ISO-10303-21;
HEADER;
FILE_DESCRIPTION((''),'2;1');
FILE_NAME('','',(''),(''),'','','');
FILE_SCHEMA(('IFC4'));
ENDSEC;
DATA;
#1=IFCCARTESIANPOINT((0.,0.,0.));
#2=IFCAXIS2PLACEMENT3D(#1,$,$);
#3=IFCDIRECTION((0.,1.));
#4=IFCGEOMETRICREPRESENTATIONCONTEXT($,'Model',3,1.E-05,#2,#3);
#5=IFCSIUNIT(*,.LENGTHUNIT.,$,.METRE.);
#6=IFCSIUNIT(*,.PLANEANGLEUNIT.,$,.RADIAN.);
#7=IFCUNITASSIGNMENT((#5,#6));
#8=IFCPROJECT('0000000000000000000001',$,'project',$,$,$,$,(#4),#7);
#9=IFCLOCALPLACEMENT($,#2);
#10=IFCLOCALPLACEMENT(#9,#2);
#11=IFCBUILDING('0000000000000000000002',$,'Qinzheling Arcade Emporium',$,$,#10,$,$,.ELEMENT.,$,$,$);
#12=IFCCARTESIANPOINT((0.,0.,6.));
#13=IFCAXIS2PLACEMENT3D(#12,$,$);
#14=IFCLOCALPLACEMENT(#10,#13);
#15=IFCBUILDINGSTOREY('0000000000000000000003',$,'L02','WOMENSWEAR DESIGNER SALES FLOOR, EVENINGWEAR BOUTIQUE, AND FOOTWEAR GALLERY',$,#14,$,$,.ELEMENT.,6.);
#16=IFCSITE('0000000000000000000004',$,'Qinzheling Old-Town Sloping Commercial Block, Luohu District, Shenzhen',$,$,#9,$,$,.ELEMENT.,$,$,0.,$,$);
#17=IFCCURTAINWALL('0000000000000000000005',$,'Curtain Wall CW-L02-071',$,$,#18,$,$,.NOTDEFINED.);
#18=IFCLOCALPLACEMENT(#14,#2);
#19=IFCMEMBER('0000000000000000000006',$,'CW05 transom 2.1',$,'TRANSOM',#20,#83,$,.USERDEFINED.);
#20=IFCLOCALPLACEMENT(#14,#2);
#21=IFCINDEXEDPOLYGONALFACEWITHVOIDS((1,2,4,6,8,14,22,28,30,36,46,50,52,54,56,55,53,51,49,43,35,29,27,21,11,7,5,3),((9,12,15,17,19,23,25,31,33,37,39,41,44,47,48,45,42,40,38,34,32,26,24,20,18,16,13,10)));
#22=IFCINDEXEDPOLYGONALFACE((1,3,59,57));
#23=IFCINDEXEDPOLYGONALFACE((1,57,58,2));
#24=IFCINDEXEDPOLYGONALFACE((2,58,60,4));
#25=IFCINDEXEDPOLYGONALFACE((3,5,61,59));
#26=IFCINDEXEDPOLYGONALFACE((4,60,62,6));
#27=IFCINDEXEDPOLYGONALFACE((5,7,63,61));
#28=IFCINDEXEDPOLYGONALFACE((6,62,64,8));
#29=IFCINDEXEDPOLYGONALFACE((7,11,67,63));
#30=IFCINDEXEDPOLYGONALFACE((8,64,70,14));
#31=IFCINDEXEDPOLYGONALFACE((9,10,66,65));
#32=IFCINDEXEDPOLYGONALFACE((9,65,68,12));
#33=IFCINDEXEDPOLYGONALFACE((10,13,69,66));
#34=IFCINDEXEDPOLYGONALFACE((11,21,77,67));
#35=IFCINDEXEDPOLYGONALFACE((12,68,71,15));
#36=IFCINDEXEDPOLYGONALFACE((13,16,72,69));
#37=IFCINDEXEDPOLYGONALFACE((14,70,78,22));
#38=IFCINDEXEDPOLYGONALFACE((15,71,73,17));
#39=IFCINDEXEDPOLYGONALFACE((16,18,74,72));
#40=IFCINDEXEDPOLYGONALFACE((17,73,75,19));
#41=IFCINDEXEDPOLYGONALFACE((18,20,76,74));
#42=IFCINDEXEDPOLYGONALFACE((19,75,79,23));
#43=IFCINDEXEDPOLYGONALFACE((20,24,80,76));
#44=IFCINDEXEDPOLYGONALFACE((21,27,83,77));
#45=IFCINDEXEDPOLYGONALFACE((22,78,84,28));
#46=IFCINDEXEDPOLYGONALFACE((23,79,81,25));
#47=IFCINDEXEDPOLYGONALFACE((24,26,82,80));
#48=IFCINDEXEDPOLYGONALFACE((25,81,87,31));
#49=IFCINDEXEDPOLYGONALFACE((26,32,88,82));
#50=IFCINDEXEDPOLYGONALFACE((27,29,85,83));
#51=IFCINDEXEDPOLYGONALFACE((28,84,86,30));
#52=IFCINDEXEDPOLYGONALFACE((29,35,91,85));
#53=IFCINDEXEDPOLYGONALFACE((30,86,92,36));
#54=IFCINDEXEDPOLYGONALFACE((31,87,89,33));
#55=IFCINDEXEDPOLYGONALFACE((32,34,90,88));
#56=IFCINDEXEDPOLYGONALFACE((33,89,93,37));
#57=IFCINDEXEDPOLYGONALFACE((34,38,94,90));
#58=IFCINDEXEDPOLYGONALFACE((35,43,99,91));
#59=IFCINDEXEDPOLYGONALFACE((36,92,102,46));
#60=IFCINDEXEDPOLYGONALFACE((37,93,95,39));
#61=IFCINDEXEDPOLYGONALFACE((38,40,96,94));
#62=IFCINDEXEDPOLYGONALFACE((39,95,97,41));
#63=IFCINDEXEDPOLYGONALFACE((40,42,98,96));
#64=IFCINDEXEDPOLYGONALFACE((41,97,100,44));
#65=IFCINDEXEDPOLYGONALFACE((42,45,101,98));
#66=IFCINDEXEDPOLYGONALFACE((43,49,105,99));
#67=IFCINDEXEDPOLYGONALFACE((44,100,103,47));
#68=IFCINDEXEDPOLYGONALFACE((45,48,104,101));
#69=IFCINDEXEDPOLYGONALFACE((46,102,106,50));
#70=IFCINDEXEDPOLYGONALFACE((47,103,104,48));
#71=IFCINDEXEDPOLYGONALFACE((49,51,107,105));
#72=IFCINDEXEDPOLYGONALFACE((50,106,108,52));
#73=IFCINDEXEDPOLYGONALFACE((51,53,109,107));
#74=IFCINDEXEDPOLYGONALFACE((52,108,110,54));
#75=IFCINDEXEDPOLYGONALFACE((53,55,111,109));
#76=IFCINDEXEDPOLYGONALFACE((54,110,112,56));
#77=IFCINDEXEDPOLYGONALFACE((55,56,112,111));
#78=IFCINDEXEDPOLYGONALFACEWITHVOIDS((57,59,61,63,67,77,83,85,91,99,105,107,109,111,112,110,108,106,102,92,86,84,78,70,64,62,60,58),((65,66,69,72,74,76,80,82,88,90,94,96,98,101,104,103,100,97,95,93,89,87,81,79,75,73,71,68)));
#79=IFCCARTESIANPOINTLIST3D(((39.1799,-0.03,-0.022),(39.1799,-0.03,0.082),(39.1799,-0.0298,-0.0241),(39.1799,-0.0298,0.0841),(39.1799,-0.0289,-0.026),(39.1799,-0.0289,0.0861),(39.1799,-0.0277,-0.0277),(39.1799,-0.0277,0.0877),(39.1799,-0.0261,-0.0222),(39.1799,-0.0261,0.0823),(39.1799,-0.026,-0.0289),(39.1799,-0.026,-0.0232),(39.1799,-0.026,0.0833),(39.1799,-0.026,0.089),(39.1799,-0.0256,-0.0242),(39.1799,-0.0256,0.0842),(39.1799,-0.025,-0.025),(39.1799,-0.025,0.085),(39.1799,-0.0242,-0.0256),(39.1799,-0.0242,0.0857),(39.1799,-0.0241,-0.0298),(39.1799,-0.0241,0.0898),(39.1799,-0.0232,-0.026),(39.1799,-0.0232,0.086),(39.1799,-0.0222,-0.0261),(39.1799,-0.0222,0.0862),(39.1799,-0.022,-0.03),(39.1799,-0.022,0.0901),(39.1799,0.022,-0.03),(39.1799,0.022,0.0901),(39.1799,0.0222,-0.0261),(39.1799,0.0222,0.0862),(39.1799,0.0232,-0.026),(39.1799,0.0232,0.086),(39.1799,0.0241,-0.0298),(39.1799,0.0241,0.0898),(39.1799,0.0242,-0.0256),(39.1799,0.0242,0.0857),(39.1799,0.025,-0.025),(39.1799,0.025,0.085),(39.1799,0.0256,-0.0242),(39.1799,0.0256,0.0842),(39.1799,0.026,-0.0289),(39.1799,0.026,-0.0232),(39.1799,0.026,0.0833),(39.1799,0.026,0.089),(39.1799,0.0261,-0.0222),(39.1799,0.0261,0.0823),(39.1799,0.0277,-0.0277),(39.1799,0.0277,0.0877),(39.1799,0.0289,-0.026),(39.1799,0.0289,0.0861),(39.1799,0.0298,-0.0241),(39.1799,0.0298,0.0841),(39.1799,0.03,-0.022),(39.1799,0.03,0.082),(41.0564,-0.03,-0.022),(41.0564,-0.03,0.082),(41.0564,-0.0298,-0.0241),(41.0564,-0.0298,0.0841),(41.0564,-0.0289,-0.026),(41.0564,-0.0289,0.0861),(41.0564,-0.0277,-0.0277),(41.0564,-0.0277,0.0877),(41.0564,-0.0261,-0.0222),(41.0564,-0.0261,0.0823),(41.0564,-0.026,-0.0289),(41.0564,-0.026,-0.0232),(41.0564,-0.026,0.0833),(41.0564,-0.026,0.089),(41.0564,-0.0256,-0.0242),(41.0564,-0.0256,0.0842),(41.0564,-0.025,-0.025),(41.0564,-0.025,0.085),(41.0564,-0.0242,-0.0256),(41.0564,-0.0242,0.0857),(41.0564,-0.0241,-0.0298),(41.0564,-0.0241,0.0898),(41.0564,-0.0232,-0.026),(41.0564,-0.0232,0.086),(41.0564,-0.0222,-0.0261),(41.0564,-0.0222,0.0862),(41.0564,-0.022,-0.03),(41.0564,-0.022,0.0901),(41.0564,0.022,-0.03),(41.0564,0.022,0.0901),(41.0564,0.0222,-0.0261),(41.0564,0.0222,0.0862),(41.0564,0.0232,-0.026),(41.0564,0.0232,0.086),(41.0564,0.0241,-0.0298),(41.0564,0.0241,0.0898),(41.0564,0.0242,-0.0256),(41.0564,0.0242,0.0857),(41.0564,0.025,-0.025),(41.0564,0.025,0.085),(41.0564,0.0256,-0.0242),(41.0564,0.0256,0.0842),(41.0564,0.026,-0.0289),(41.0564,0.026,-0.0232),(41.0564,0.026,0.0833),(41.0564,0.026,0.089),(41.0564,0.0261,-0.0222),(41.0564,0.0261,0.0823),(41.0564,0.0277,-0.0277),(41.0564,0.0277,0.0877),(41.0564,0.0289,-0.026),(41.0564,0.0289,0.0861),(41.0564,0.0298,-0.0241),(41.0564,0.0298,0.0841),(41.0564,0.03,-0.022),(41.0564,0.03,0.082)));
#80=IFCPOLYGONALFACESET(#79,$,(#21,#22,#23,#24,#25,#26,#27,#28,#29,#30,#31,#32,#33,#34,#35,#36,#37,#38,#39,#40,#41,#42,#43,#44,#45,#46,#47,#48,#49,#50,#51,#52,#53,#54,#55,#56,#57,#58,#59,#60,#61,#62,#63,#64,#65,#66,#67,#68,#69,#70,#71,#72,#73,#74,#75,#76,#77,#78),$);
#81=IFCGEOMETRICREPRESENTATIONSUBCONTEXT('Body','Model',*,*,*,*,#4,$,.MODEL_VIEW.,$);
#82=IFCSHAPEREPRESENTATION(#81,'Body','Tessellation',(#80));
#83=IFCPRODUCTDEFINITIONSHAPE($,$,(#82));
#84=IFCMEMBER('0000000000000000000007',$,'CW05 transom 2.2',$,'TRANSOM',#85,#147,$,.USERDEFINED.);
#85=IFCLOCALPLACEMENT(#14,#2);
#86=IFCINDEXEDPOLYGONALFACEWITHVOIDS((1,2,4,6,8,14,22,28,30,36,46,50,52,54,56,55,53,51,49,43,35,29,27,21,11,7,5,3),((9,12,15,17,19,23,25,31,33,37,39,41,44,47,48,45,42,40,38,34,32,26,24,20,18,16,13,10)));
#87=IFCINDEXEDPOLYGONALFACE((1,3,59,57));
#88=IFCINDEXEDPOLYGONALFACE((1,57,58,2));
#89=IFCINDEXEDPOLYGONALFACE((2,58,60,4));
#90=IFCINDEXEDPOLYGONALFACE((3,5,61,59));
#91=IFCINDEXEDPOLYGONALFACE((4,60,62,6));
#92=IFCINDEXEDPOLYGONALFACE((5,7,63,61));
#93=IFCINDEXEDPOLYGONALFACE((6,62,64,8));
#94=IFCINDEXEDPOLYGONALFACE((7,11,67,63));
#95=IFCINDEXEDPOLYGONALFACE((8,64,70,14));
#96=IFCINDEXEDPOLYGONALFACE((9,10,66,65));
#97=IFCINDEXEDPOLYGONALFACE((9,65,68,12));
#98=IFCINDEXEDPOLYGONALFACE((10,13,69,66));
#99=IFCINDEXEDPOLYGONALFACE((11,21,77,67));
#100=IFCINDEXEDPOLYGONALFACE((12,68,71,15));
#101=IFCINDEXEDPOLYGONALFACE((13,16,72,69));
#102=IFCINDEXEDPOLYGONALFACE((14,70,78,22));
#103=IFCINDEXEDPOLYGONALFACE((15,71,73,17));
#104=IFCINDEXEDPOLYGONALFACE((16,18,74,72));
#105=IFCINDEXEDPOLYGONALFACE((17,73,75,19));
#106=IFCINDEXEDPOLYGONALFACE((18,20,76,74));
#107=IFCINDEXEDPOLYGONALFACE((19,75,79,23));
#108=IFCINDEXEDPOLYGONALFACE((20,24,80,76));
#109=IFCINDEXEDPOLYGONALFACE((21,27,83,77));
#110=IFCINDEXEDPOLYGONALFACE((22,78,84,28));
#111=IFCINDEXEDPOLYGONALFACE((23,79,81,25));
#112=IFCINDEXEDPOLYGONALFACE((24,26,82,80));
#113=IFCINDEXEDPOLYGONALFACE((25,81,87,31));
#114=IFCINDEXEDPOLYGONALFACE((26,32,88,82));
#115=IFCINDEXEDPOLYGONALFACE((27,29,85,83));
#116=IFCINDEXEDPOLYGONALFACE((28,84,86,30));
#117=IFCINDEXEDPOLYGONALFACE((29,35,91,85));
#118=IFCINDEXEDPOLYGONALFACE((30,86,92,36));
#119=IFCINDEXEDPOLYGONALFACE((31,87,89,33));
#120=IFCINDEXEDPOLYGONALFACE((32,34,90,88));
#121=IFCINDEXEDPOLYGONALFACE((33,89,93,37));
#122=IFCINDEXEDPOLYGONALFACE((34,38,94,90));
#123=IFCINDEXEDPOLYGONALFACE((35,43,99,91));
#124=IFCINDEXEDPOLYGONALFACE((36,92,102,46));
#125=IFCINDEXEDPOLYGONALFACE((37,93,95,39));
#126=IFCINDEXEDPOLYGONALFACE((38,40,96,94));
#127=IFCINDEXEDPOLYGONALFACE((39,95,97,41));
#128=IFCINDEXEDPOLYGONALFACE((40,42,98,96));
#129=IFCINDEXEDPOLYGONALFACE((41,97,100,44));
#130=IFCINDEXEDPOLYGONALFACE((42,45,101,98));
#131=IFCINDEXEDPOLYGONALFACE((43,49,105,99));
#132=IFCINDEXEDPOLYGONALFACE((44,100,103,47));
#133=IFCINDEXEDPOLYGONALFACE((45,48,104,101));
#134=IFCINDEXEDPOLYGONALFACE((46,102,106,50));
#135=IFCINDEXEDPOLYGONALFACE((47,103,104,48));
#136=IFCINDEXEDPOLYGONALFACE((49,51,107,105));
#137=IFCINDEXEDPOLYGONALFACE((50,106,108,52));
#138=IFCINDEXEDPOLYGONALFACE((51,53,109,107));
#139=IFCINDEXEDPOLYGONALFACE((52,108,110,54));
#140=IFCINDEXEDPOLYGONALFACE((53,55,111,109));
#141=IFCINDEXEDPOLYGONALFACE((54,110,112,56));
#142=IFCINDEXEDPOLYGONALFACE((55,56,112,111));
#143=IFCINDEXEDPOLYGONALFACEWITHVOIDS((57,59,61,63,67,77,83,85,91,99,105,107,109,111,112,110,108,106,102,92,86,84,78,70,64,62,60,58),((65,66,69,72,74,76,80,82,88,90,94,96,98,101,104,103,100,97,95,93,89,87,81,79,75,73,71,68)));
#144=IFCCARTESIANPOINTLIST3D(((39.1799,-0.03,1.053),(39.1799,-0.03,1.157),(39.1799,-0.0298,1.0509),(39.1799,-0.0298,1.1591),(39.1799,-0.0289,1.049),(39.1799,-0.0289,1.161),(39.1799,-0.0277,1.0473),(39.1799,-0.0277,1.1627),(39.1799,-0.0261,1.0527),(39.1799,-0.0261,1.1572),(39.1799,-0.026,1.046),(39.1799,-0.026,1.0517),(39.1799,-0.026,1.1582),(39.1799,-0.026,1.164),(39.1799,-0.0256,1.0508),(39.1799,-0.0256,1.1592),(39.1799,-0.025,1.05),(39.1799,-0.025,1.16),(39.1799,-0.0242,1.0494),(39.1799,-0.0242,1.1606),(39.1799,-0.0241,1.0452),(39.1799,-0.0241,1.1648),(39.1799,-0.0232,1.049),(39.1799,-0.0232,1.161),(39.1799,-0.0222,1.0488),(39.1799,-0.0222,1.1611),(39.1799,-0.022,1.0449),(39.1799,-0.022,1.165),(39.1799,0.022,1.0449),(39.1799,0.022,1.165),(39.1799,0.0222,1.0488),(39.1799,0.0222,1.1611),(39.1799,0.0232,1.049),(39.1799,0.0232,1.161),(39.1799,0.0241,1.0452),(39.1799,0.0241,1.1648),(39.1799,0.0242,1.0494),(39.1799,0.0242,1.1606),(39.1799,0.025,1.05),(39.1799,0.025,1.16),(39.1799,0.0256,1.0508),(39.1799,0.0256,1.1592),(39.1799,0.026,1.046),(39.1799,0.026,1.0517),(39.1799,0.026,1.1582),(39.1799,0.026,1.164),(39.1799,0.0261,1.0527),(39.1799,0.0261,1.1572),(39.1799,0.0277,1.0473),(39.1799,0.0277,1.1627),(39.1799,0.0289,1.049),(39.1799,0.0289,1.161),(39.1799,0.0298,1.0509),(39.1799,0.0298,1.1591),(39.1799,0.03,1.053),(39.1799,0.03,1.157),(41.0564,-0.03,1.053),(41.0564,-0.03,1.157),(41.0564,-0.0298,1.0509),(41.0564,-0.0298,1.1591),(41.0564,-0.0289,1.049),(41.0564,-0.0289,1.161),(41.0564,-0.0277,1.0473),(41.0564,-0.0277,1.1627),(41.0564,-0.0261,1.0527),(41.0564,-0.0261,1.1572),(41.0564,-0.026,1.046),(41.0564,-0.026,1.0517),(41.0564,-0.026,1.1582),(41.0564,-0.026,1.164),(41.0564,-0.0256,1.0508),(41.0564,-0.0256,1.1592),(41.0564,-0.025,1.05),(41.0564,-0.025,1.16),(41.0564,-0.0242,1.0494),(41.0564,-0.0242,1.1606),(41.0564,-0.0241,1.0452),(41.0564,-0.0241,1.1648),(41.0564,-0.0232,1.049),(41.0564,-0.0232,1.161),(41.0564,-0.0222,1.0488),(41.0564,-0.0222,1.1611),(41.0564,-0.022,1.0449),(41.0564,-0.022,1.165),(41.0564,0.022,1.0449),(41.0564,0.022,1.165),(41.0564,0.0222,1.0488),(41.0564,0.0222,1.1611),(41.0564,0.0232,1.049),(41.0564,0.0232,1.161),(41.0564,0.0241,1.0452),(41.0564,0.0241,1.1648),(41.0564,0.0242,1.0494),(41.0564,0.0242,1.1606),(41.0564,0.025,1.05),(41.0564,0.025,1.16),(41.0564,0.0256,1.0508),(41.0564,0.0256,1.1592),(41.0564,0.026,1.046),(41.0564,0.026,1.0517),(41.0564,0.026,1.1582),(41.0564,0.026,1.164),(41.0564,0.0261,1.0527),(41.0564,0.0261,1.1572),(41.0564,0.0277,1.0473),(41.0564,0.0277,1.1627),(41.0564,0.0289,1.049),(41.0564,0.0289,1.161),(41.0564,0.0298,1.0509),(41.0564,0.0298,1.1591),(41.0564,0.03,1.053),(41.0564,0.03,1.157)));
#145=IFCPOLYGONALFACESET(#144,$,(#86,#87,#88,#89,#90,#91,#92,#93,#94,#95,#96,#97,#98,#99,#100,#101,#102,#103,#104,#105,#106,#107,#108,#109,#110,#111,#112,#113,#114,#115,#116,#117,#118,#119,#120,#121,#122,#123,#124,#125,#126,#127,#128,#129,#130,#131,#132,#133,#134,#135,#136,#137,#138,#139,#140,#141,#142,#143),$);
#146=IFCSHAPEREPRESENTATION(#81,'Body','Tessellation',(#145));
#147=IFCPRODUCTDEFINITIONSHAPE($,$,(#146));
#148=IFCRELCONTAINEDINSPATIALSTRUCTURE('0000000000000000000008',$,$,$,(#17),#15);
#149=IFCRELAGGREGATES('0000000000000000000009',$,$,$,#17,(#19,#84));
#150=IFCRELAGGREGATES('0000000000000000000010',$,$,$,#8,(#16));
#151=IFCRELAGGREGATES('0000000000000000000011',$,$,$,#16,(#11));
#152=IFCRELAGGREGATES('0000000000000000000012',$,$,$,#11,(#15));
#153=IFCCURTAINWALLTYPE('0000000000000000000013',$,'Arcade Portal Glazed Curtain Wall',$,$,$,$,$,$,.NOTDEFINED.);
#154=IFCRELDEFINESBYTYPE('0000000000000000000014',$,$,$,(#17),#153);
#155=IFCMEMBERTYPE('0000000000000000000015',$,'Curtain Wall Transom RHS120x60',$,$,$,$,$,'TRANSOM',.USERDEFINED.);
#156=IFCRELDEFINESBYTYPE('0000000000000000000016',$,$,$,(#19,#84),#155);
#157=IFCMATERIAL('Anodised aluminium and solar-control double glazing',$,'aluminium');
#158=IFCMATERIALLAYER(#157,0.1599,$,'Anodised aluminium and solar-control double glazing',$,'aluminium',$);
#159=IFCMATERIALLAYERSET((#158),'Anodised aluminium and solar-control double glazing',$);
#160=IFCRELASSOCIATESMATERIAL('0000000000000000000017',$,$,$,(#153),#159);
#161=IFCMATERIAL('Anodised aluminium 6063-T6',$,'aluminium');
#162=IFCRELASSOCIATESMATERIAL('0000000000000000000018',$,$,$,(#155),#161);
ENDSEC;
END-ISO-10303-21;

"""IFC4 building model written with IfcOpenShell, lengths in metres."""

from ifc_helpers import new_model, si_unit, direction, frame, origin, origin_2d, place, context, subcontext, project, spatial, hollow_rectangle, extrude, material, layer, layer_set, material_profile, profile_set, type_object, element, aggregate, save


model = new_model("IFC4")

# Units and contexts
model_context = context("Model", 3, precision=1e-05, world=origin(), true_north=direction((0.0, 1.0)))
body_context = subcontext(model_context, "Body", "Model", "MODEL_VIEW")
ifc_project = project(units=[si_unit("LENGTHUNIT", "METRE"), si_unit("PLANEANGLEUNIT", "RADIAN")], contexts=[model_context])

# Site, building, storey
site_placement = place(None, origin())
site = spatial("IfcSite", under=ifc_project, at=site_placement, Name="Qinzheling Old-Town Sloping Commercial Block, Luohu District, Shenzhen", CompositionType="ELEMENT", RefElevation=0.0)
building_placement = place(site_placement, origin())
building = spatial("IfcBuilding", under=site, at=building_placement, Name="Qinzheling Arcade Emporium", CompositionType="ELEMENT")
storey_placement = place(building_placement, frame((0.0, 0.0, 6.0)))
storey = spatial("IfcBuildingStorey", under=building, at=storey_placement, Name="L02", Description="WOMENSWEAR DESIGNER SALES FLOOR, EVENINGWEAR BOUTIQUE, AND FOOTWEAR GALLERY", CompositionType="ELEMENT", Elevation=6.0)

# Curtain wall, members
ifc_material_1 = material(Name="Anodised aluminium and solar-control double glazing", Category="aluminium")
ifc_layer_1 = layer(ifc_material_1, 0.1599, Name="Anodised aluminium and solar-control double glazing", Category="aluminium")
ifc_layer_set_1 = layer_set([ifc_layer_1], Name="Anodised aluminium and solar-control double glazing")
curtain_wall_type = type_object("IfcCurtainWallType", Name="Arcade Portal Glazed Curtain Wall", PredefinedType="NOTDEFINED", material=ifc_layer_set_1)
curtain_wall_placement = place(storey_placement, origin())
curtain_wall = element("IfcCurtainWall", 1, at=curtain_wall_placement, inside=storey, type_object=curtain_wall_type, Name="Curtain Wall CW-L02-071", PredefinedType="NOTDEFINED")
ifc_material_2 = material(Name="Anodised aluminium 6063-T6", Category="aluminium")
ifc_material_profile_1 = material_profile(ifc_material_2, hollow_rectangle(XDim=0.0601, YDim=0.1201, WallThickness=0.0039, InnerFilletRadius=0.0039, OuterFilletRadius=0.0081, at=origin_2d()), Name="RHS 120x60x4", Category="aluminium")
ifc_profile_set_1 = profile_set([ifc_material_profile_1], Name="Anodised aluminium 6063-T6")
member_type_1 = type_object("IfcMemberType", Name="Curtain Wall Transom RHS120x60", ElementType="TRANSOM", PredefinedType="USERDEFINED", material=ifc_profile_set_1)
member_1_placement = place(storey_placement, frame((41.0564, 0.0, 0.03), z_axis=(-1.0, 0.0, 0.0), x_axis=(0.0, -1.0, 0.0)))
member_1 = element("IfcMember", 2, at=member_1_placement, type_object=member_type_1, Name="CW05 transom 2.1", ObjectType="TRANSOM", PredefinedType="USERDEFINED", context=body_context, shape_type="SweptSolid", body=[
    extrude(hollow_rectangle(XDim=0.0601, YDim=0.1201, WallThickness=0.0039, InnerFilletRadius=0.0039, OuterFilletRadius=0.0081, at=origin_2d()), origin(), (0.0, 0.0, 1.0), 1.8765),
])
member_2_placement = place(storey_placement, frame((41.0564, 0.0, 1.105), z_axis=(-1.0, 0.0, 0.0), x_axis=(0.0, -1.0, 0.0)))
member_2 = element("IfcMember", 3, at=member_2_placement, type_object=member_type_1, Name="CW05 transom 2.2", ObjectType="TRANSOM", PredefinedType="USERDEFINED", context=body_context, shape_type="SweptSolid", body=[
    extrude(hollow_rectangle(XDim=0.0601, YDim=0.1201, WallThickness=0.0039, InnerFilletRadius=0.0039, OuterFilletRadius=0.0081, at=origin_2d()), origin(), (0.0, 0.0, 1.0), 1.8765),
])
aggregate(curtain_wall, [member_1, member_2])

save(model, "model.ifc")
